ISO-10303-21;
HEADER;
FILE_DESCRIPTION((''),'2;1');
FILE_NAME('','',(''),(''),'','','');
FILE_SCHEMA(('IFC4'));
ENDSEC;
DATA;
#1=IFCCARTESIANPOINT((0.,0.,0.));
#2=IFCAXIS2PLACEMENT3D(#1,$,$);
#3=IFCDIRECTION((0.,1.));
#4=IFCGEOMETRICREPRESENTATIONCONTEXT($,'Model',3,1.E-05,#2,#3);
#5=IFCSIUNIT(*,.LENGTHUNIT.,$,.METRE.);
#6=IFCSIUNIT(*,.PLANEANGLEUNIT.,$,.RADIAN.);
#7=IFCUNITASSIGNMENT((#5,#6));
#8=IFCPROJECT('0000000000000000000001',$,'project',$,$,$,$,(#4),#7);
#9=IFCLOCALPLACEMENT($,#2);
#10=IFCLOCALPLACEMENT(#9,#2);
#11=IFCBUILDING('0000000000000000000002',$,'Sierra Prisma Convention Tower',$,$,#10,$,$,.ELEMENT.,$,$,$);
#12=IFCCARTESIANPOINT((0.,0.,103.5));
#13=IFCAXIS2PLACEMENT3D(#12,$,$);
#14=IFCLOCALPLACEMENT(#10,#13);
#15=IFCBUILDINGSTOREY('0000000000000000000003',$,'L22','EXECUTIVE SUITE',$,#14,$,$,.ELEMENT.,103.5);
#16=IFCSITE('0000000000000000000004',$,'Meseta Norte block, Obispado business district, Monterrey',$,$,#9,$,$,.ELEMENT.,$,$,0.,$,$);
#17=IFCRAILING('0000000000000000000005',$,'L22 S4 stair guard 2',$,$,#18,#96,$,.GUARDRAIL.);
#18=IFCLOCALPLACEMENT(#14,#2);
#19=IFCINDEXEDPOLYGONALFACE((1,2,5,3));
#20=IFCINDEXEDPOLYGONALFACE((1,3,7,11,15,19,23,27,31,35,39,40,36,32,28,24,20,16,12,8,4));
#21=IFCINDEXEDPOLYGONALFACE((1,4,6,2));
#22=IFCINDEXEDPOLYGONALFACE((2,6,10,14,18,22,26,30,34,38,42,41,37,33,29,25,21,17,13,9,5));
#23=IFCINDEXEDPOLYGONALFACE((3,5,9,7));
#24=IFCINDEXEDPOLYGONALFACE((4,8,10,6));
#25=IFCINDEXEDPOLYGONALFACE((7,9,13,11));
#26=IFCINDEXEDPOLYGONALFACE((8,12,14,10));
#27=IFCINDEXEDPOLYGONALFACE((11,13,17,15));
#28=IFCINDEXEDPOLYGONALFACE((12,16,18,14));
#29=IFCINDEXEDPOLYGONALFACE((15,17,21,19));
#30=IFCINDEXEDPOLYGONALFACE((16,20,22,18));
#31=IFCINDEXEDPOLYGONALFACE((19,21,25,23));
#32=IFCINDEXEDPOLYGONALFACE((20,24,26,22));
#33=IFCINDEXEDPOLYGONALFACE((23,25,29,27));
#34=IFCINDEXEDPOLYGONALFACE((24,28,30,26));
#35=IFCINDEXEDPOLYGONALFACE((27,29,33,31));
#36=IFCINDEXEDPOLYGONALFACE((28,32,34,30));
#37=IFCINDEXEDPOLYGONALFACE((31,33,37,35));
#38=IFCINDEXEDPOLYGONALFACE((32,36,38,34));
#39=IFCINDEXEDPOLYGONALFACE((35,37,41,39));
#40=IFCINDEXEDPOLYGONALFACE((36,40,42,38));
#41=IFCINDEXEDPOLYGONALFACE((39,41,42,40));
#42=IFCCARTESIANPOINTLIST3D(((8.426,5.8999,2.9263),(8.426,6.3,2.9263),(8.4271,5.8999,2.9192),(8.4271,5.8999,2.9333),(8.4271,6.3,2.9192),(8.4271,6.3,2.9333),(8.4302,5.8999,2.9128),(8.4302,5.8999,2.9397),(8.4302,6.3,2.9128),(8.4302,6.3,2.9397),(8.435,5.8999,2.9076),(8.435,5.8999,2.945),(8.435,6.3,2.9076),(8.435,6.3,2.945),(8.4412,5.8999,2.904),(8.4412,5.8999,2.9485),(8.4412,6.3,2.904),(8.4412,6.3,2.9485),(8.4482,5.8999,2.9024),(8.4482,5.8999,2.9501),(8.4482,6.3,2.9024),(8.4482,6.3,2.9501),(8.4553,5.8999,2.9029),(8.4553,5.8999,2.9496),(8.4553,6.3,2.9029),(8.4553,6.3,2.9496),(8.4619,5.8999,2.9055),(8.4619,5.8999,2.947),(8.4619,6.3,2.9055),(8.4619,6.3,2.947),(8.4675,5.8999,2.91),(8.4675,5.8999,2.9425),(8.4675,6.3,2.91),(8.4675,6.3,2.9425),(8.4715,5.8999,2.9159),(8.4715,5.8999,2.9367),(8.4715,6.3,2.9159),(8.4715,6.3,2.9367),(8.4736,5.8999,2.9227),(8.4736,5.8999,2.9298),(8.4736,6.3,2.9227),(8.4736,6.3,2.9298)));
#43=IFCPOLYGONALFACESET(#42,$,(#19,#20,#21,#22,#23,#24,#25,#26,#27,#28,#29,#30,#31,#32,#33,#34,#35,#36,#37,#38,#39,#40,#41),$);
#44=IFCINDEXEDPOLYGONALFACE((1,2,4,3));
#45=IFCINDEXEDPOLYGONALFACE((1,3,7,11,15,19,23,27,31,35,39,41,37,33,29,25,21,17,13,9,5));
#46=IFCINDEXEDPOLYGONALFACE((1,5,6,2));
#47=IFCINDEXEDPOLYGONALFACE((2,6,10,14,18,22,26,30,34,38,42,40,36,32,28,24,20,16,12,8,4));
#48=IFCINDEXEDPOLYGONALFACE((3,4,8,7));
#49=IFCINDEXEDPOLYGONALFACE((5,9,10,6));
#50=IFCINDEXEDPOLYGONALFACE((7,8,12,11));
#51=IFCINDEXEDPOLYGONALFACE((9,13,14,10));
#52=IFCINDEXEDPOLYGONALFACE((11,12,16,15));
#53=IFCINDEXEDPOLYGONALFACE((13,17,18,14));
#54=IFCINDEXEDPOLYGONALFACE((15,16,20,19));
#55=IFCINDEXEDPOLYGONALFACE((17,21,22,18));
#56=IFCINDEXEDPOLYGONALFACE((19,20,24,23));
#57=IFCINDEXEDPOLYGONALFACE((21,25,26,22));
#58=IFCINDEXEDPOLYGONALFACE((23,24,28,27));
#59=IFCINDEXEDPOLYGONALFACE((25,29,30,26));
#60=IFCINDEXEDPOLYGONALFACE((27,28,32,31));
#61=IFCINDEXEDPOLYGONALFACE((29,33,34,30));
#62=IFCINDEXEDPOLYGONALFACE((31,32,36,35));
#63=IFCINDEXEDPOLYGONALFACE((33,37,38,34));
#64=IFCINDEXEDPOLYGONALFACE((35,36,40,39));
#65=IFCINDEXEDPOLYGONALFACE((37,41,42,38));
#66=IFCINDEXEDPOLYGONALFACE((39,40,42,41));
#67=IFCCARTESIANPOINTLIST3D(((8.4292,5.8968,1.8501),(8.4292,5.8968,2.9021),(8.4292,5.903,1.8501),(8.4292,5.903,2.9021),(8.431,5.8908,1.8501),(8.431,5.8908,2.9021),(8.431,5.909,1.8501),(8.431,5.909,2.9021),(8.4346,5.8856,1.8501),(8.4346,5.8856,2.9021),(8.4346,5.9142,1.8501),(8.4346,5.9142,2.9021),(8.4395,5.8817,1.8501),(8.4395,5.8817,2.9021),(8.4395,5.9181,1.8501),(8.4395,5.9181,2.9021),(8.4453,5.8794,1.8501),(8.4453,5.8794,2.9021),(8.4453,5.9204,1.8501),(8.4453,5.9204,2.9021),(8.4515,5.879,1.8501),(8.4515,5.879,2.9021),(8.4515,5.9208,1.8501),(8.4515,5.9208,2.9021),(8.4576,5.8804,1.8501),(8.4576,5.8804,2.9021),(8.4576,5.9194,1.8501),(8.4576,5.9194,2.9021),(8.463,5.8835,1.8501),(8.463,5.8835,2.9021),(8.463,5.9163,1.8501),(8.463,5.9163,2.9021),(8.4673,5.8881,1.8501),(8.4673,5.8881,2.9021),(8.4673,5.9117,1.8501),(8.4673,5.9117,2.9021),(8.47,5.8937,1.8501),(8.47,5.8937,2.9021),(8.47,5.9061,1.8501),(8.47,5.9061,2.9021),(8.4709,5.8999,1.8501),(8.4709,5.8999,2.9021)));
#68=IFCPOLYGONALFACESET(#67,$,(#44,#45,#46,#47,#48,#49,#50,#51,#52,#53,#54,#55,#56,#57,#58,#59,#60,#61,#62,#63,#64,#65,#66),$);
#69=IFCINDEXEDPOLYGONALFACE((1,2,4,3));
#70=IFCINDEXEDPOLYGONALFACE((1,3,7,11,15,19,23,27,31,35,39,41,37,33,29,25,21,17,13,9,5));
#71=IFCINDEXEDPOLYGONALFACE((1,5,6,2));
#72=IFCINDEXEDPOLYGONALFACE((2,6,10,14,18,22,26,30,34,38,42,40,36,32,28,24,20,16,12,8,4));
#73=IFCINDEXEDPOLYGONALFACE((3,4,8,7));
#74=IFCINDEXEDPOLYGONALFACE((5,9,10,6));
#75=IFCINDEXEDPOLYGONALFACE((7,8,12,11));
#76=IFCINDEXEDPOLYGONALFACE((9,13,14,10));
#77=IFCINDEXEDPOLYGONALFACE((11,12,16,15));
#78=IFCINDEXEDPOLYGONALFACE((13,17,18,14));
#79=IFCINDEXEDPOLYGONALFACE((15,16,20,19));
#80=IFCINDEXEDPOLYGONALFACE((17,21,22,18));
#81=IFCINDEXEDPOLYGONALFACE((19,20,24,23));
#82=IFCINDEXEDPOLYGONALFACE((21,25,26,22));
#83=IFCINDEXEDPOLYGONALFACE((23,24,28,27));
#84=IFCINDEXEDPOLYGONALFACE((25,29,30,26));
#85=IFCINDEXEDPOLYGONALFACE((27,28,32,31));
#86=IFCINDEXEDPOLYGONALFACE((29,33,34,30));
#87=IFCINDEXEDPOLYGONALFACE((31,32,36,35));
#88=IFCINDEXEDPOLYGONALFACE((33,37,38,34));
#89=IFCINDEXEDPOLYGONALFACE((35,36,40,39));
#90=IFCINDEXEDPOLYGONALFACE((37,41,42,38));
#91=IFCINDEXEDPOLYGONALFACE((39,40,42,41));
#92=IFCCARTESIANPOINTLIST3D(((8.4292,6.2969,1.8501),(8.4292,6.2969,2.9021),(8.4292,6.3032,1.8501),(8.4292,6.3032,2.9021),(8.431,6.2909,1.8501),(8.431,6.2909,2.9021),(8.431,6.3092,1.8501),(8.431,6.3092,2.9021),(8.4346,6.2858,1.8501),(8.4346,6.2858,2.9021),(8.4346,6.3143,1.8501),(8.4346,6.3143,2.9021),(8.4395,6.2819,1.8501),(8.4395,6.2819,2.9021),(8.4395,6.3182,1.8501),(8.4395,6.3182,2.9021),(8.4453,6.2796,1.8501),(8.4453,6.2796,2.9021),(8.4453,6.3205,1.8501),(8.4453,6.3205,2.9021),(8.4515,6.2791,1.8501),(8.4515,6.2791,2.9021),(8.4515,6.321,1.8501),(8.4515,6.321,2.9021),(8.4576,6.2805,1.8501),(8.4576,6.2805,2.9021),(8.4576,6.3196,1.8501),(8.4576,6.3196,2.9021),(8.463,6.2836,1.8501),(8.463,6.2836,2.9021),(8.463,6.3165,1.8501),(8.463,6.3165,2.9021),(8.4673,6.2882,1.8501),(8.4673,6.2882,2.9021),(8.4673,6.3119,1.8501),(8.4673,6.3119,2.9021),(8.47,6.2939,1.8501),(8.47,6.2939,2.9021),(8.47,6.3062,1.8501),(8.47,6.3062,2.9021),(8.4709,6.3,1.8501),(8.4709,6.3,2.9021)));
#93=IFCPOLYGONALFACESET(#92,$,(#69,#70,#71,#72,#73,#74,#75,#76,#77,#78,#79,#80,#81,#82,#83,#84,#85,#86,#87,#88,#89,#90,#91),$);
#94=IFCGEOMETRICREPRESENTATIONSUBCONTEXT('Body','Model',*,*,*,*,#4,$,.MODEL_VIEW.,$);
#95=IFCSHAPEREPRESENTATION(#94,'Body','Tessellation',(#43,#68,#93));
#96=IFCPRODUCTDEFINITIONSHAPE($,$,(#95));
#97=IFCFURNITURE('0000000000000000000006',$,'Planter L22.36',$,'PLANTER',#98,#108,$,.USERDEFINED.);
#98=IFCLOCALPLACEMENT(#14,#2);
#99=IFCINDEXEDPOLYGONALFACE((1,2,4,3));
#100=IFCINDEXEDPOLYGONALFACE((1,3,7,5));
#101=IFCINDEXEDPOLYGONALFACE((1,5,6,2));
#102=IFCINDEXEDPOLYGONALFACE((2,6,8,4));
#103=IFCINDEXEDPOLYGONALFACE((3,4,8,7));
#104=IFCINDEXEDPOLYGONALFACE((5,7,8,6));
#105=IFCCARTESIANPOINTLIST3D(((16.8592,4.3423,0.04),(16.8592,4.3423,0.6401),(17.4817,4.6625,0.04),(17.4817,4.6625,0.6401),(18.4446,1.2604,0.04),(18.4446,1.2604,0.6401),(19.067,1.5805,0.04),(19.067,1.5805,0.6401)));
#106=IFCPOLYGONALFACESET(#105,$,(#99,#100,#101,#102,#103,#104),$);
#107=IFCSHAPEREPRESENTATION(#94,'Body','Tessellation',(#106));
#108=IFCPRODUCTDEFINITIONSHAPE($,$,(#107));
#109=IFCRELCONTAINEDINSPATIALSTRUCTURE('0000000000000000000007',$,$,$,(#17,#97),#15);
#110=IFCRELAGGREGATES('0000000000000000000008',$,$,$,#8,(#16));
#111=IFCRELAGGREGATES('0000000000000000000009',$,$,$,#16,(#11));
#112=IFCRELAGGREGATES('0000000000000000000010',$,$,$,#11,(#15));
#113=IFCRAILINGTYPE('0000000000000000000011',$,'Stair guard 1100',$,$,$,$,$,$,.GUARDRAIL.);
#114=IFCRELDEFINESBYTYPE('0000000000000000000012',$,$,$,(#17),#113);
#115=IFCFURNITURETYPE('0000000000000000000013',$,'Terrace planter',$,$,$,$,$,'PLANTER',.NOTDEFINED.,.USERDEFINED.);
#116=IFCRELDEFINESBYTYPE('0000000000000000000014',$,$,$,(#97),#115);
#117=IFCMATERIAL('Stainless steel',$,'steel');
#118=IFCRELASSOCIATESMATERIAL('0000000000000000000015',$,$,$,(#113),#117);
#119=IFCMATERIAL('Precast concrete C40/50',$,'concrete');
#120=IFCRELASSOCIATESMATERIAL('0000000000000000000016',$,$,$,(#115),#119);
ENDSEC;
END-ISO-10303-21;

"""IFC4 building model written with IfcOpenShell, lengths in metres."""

from ifc_helpers import new_model, si_unit, direction, frame, origin, origin_2d, place, context, subcontext, project, spatial, rectangle, circle, extrude, material, type_object, element, save


model = new_model("IFC4")

# Units and contexts
model_context = context("Model", 3, precision=1e-05, world=origin(), true_north=direction((0.0, 1.0)))
body_context = subcontext(model_context, "Body", "Model", "MODEL_VIEW")
ifc_project = project(units=[si_unit("LENGTHUNIT", "METRE"), si_unit("PLANEANGLEUNIT", "RADIAN")], contexts=[model_context])

# Site, building, storey
site_placement = place(None, origin())
site = spatial("IfcSite", under=ifc_project, at=site_placement, Name="Meseta Norte block, Obispado business district, Monterrey", CompositionType="ELEMENT", RefElevation=0.0)
building_placement = place(site_placement, origin())
building = spatial("IfcBuilding", under=site, at=building_placement, Name="Sierra Prisma Convention Tower", CompositionType="ELEMENT")
storey_placement = place(building_placement, frame((0.0, 0.0, 103.5)))
storey = spatial("IfcBuildingStorey", under=building, at=storey_placement, Name="L22", Description="EXECUTIVE SUITE", CompositionType="ELEMENT", Elevation=103.5)

# Railing
ifc_material_1 = material(Name="Stainless steel", Category="steel")
railing_type = type_object("IfcRailingType", Name="Stair guard 1100", PredefinedType="GUARDRAIL", material=ifc_material_1)
railing_1_placement = place(storey_placement, frame((8.45, 5.8999, 1.8501)))
element("IfcRailing", 1, at=railing_1_placement, inside=storey, type_object=railing_type, Name="L22 S4 stair guard 2", PredefinedType="GUARDRAIL", context=body_context, shape_type="SweptSolid", body=[
    extrude(circle(Radius=0.0239, at=origin_2d()), frame((0.0, 0.0, 1.0762), z_axis=(0.0, 1.0, 0.0), x_axis=(-1.0, 0.0, 0.0)), (0.0, 0.0, 1.0), 0.4001),
    extrude(circle(Radius=0.021, at=origin_2d()), origin(), (0.0, 0.0, 1.0), 1.052),
    extrude(circle(Radius=0.021, at=origin_2d()), frame((0.0, 0.4001, 0.0)), (0.0, 0.0, 1.0), 1.052),
])

# Furniture
ifc_material_2 = material(Name="Precast concrete C40/50", Category="concrete")
furniture_type = type_object("IfcFurnitureType", Name="Terrace planter", ElementType="PLANTER", AssemblyPlace="NOTDEFINED", PredefinedType="USERDEFINED", material=ifc_material_2)
furniture_placement = place(storey_placement, frame((17.9631, 2.9614, 0.04), z_axis=(0.0, 0.0, 1.0), x_axis=(-0.457426, 0.889248, 0.0)))
element("IfcFurniture", 2, at=furniture_placement, inside=storey, type_object=furniture_type, Name="Planter L22.36", ObjectType="PLANTER", PredefinedType="USERDEFINED", context=body_context, shape_type="SweptSolid", body=[
    extrude(rectangle(XDim=3.4658, YDim=0.7, at=origin_2d()), origin(), (0.0, 0.0, 1.0), 0.6001),
])

save(model, "model.ifc")
